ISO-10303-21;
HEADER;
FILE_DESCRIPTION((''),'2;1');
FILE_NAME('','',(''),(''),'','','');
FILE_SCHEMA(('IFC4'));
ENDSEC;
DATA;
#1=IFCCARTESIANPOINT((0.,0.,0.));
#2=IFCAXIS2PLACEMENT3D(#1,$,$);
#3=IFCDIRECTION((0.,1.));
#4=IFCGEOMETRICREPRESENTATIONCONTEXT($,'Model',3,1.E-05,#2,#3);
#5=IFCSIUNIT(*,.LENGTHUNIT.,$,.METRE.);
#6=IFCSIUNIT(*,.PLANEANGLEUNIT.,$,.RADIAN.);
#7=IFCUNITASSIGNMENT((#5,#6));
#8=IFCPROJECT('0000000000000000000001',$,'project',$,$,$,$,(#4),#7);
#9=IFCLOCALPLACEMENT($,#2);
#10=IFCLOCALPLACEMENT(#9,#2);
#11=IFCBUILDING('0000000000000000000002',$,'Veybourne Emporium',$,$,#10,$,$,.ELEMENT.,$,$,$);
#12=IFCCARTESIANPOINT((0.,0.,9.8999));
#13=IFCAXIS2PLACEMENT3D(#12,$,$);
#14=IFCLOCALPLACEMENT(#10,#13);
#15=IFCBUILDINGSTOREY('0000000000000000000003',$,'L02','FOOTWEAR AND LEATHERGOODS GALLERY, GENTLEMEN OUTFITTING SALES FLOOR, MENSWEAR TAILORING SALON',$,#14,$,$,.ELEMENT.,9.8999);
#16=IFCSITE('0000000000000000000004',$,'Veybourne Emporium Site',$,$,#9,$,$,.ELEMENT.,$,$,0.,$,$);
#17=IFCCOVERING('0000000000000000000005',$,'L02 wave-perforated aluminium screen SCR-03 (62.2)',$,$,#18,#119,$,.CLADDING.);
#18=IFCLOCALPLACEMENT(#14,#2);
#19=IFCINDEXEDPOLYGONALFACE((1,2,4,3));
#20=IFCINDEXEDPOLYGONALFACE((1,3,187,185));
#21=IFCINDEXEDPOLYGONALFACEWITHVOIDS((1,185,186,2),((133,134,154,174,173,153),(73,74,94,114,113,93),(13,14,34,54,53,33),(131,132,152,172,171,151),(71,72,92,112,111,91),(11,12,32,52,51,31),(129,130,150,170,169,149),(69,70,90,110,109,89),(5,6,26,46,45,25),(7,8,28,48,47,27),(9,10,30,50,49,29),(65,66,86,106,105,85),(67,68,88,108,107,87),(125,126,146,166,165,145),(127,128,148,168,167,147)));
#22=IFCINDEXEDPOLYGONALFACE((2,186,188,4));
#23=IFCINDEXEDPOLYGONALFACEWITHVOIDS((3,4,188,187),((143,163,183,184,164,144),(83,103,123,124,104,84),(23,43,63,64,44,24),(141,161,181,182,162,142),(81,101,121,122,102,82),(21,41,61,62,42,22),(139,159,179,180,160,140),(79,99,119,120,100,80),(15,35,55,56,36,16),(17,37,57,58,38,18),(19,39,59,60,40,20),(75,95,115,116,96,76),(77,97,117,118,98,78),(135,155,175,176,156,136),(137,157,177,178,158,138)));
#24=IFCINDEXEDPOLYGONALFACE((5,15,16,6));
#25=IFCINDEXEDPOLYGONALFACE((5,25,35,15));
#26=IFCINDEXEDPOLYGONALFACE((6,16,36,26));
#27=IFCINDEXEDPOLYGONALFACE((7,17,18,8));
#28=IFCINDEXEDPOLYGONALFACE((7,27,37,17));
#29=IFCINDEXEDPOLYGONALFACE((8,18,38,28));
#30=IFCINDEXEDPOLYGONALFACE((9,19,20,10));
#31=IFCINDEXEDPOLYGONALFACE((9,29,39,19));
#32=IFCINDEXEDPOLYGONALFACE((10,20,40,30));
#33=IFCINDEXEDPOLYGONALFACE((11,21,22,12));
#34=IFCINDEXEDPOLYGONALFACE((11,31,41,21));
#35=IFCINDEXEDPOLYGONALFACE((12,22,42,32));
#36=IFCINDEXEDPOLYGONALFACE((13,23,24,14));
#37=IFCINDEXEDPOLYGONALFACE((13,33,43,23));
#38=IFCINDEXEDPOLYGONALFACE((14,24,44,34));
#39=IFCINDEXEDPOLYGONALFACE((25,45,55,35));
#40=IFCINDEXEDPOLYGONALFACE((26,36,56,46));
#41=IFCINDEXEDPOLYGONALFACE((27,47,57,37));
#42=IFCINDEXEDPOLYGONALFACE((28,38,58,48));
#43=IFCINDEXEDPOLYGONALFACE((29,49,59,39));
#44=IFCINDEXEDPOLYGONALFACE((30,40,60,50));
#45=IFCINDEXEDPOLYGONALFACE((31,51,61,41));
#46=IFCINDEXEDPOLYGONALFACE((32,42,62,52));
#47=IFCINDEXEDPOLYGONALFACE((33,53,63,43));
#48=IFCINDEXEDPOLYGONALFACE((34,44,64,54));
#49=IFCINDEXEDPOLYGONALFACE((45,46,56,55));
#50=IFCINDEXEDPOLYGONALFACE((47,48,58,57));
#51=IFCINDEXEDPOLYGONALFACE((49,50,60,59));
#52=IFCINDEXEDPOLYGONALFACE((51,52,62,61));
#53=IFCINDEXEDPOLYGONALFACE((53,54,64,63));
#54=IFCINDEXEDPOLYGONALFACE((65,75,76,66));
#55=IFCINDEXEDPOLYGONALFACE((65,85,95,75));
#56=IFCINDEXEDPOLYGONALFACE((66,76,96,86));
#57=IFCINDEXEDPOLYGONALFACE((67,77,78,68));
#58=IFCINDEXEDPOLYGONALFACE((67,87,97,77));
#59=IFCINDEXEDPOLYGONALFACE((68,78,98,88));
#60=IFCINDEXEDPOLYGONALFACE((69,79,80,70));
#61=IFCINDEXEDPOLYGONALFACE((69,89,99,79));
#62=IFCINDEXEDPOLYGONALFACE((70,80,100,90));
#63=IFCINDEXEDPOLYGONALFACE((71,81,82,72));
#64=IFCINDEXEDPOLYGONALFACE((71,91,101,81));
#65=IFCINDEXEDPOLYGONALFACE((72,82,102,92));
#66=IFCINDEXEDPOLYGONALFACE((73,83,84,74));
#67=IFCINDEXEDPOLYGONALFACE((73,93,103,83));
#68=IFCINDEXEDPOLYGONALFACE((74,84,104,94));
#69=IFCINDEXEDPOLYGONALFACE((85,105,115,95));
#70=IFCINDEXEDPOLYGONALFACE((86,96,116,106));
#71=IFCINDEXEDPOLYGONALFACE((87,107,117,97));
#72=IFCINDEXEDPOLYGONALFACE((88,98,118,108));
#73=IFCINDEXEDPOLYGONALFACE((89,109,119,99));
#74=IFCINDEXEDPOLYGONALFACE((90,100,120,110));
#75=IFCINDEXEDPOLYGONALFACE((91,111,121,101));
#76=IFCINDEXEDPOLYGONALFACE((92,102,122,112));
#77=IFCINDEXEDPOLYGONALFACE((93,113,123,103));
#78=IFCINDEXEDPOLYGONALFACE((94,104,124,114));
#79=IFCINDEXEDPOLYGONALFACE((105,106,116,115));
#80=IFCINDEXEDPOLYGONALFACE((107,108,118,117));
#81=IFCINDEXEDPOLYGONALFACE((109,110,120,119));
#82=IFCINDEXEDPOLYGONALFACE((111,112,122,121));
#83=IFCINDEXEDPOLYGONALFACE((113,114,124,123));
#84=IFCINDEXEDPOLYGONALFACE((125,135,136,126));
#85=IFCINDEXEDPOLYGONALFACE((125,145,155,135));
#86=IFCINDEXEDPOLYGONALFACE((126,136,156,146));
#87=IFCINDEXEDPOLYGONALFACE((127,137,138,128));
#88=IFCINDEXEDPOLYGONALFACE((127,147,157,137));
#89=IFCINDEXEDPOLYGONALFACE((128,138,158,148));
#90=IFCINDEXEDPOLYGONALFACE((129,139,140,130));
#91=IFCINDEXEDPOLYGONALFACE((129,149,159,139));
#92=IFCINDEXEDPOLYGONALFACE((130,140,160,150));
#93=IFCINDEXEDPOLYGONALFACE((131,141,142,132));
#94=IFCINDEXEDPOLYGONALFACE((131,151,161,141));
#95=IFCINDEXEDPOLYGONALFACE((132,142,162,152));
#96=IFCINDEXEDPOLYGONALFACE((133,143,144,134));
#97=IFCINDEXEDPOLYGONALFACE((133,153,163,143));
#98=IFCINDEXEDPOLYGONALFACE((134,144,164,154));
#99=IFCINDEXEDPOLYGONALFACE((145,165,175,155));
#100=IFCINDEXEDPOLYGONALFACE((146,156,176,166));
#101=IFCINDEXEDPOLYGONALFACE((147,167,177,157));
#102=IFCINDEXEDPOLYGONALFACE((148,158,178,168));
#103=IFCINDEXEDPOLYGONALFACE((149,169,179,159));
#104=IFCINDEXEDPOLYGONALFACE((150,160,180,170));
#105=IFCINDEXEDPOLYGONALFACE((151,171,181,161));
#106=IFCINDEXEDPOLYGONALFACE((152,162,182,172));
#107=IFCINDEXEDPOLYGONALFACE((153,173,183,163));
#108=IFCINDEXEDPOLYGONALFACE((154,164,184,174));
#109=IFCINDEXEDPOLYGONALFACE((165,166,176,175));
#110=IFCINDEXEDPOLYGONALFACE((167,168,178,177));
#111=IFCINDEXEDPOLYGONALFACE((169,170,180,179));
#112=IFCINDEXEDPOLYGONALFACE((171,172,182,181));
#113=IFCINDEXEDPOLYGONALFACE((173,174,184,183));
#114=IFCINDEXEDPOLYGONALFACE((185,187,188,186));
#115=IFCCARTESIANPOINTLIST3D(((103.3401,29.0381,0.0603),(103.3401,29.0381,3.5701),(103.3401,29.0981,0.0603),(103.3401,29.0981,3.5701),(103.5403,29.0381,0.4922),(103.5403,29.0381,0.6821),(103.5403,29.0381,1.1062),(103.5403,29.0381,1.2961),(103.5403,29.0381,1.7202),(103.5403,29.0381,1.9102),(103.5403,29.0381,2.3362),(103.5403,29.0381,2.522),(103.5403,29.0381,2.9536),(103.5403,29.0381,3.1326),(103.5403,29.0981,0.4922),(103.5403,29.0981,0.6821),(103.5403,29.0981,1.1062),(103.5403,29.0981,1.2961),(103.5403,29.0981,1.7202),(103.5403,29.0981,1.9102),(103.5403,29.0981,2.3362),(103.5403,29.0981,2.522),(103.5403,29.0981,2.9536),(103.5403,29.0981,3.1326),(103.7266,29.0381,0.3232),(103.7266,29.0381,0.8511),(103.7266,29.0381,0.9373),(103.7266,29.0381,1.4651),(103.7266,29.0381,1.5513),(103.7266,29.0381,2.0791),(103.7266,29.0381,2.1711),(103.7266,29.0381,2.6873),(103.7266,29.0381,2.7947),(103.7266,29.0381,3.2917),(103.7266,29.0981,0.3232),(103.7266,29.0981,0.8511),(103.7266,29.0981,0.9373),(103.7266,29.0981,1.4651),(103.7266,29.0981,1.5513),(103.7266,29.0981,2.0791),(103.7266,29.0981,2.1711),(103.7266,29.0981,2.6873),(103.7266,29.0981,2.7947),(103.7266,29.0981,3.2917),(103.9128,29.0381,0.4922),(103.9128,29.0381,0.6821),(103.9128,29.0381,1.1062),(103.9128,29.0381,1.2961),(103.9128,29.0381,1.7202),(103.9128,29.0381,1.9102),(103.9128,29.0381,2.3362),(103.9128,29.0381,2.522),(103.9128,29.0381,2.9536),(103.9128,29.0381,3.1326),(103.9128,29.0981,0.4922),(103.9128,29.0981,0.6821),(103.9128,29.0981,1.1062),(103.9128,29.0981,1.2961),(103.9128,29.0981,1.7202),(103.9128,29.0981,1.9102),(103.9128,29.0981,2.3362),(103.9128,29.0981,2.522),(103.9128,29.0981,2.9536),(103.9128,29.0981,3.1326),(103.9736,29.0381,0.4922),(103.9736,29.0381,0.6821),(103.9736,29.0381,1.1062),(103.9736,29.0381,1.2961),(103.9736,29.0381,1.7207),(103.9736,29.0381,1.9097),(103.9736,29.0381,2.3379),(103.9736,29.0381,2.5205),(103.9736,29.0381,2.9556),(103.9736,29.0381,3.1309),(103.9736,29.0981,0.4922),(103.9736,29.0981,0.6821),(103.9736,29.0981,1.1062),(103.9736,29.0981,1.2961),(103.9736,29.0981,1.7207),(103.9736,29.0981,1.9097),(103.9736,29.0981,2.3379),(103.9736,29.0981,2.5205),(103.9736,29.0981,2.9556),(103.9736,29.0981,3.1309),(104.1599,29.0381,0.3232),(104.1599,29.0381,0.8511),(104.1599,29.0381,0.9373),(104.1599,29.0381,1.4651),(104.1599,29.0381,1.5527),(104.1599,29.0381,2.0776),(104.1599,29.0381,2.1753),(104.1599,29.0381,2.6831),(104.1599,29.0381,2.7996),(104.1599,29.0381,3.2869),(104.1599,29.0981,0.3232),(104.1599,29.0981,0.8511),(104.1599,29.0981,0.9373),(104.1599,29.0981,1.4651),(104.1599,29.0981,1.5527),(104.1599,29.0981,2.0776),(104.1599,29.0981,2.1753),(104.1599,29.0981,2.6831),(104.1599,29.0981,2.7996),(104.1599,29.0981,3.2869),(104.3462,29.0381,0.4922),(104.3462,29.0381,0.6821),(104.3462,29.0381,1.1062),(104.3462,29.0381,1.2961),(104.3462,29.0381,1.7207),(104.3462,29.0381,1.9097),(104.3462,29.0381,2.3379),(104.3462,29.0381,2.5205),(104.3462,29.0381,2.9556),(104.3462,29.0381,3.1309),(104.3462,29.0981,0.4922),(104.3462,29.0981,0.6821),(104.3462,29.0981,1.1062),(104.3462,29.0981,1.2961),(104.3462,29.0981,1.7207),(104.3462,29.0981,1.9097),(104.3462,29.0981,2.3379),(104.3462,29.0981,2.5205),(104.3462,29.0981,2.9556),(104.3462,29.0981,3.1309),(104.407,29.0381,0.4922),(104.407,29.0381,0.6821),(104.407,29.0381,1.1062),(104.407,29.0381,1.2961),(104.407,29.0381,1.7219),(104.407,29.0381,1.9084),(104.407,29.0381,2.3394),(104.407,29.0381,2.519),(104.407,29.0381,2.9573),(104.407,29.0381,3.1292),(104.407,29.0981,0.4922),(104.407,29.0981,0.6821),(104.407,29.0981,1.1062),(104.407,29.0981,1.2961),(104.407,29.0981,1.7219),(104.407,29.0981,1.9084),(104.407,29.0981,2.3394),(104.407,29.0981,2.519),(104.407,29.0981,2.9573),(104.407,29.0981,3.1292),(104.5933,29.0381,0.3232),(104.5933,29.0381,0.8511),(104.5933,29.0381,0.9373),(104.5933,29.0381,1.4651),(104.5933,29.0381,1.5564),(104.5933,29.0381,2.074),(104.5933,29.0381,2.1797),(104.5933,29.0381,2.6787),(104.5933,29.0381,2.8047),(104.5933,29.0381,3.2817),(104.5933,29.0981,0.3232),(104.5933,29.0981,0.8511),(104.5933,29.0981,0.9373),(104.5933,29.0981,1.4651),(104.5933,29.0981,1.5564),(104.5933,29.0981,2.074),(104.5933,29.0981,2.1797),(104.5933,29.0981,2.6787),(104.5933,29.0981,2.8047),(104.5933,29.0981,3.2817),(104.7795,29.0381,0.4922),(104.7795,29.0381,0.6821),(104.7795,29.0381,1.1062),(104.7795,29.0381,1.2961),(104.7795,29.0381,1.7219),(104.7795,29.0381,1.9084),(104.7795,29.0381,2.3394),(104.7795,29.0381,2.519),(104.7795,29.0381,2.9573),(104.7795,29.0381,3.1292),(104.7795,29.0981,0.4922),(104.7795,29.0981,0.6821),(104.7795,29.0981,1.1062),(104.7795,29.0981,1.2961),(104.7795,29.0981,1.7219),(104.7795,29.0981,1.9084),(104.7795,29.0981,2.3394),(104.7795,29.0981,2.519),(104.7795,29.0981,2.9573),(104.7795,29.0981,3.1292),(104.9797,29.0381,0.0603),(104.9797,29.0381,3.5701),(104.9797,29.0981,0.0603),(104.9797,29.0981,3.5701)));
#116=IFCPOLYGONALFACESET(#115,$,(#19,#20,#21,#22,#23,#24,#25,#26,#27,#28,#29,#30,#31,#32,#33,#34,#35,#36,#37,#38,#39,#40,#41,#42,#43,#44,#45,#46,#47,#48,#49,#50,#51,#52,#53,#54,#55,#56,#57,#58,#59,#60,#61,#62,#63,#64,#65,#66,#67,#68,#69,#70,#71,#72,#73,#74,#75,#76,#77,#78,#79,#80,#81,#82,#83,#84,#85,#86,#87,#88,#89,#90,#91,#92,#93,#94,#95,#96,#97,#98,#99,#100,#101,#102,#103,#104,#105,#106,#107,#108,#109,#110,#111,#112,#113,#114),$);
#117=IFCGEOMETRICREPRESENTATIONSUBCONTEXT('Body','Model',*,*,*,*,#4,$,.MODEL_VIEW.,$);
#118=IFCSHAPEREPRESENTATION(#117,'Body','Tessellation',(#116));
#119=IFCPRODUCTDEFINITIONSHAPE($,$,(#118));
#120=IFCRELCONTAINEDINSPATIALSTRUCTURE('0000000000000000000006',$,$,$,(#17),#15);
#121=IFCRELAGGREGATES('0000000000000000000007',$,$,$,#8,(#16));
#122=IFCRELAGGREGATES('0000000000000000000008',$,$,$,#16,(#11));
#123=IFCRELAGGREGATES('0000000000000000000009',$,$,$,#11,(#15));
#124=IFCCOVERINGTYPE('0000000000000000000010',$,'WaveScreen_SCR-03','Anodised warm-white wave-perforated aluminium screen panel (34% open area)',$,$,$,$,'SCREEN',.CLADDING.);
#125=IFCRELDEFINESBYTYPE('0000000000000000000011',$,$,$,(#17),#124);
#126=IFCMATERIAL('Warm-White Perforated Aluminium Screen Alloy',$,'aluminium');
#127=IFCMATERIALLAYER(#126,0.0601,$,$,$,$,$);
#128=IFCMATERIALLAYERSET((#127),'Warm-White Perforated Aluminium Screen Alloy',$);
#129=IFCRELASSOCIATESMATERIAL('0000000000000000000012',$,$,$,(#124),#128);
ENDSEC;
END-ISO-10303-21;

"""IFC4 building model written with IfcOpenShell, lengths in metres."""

from ifc_helpers import new_model, si_unit, direction, frame, origin, place, context, subcontext, project, spatial, polyline, outline, extrude, material, layer, layer_set, type_object, element, save


model = new_model("IFC4")

# Units and contexts
model_context = context("Model", 3, precision=1e-05, world=origin(), true_north=direction((0.0, 1.0)))
body_context = subcontext(model_context, "Body", "Model", "MODEL_VIEW")
ifc_project = project(units=[si_unit("LENGTHUNIT", "METRE"), si_unit("PLANEANGLEUNIT", "RADIAN")], contexts=[model_context])

# Site, building, storey
site_placement = place(None, origin())
site = spatial("IfcSite", under=ifc_project, at=site_placement, Name="Veybourne Emporium Site", CompositionType="ELEMENT", RefElevation=0.0)
building_placement = place(site_placement, origin())
building = spatial("IfcBuilding", under=site, at=building_placement, Name="Veybourne Emporium", CompositionType="ELEMENT")
storey_placement = place(building_placement, frame((0.0, 0.0, 9.8999)))
storey = spatial("IfcBuildingStorey", under=building, at=storey_placement, Name="L02", Description="FOOTWEAR AND LEATHERGOODS GALLERY, GENTLEMEN OUTFITTING SALES FLOOR, MENSWEAR TAILORING SALON", CompositionType="ELEMENT", Elevation=9.8999)

# Covering
ifc_material_1 = material(Name="Warm-White Perforated Aluminium Screen Alloy", Category="aluminium")
ifc_layer_1 = layer(ifc_material_1, 0.0601)
ifc_layer_set_1 = layer_set([ifc_layer_1], Name="Warm-White Perforated Aluminium Screen Alloy")
covering_type_1 = type_object("IfcCoveringType", Name="WaveScreen_SCR-03", Description="Anodised warm-white wave-perforated aluminium screen panel (34% open area)", ElementType="SCREEN", PredefinedType="CLADDING", material=ifc_layer_set_1)
covering_1_placement = place(storey_placement, frame((104.1599, 29.0981, 1.8152), z_axis=(0.0, -1.0, 0.0), x_axis=(1.0, 0.0, 0.0)))
element("IfcCovering", 1, at=covering_1_placement, inside=storey, type_object=covering_type_1, Name="L02 wave-perforated aluminium screen SCR-03 (62.2)", PredefinedType="CLADDING", context=body_context, shape_type="SweptSolid", body=[
    extrude(outline(polyline([(-0.8198, -1.7549), (0.8198, -1.7549), (0.8198, 1.7549), (-0.8198, 1.7549), (-0.8198, -1.7549)]), holes=[polyline([(-0.4333, -0.9641), (-0.2471, -1.1331), (-0.2471, -1.323), (-0.4333, -1.4919), (-0.6196, -1.323), (-0.6196, -1.1331), (-0.4333, -0.9641)]), polyline([(-0.4333, -0.3501), (-0.2471, -0.519), (-0.2471, -0.709), (-0.4333, -0.8779), (-0.6196, -0.709), (-0.6196, -0.519), (-0.4333, -0.3501)]), polyline([(-0.4333, 0.2639), (-0.2471, 0.095), (-0.2471, -0.095), (-0.4333, -0.2639), (-0.6196, -0.095), (-0.6196, 0.095), (-0.4333, 0.2639)]), polyline([(-0.4333, 0.8721), (-0.2471, 0.7068), (-0.2471, 0.521), (-0.4333, 0.356), (-0.6196, 0.521), (-0.6196, 0.7068), (-0.4333, 0.8721)]), polyline([(-0.4333, 1.4766), (-0.2471, 1.3174), (-0.2471, 1.1384), (-0.4333, 0.9795), (-0.6196, 1.1384), (-0.6196, 1.3174), (-0.4333, 1.4766)]), polyline([(0.0, -0.9641), (0.1863, -1.1331), (0.1863, -1.323), (0.0, -1.4919), (-0.1863, -1.323), (-0.1863, -1.1331), (0.0, -0.9641)]), polyline([(0.0, -0.3501), (0.1863, -0.519), (0.1863, -0.709), (0.0, -0.8779), (-0.1863, -0.709), (-0.1863, -0.519), (0.0, -0.3501)]), polyline([(0.0, 0.2625), (0.1863, 0.0945), (0.1863, -0.0945), (0.0, -0.2625), (-0.1863, -0.0945), (-0.1863, 0.0945), (0.0, 0.2625)]), polyline([(0.0, 0.8679), (0.1863, 0.7053), (0.1863, 0.5227), (0.0, 0.3601), (-0.1863, 0.5227), (-0.1863, 0.7053), (0.0, 0.8679)]), polyline([(0.0, 1.4717), (0.1863, 1.3157), (0.1863, 1.1404), (0.0, 0.9844), (-0.1863, 1.1404), (-0.1863, 1.3157), (0.0, 1.4717)]), polyline([(0.4333, -0.9641), (0.6196, -1.1331), (0.6196, -1.323), (0.4333, -1.4919), (0.2471, -1.323), (0.2471, -1.1331), (0.4333, -0.9641)]), polyline([(0.4333, -0.3501), (0.6196, -0.519), (0.6196, -0.709), (0.4333, -0.8779), (0.2471, -0.709), (0.2471, -0.519), (0.4333, -0.3501)]), polyline([(0.4333, 0.2588), (0.6196, 0.0933), (0.6196, -0.0933), (0.4333, -0.2588), (0.2471, -0.0933), (0.2471, 0.0933), (0.4333, 0.2588)]), polyline([(0.4333, 0.8635), (0.6196, 0.7039), (0.6196, 0.5242), (0.4333, 0.3645), (0.2471, 0.5242), (0.2471, 0.7039), (0.4333, 0.8635)]), polyline([(0.4333, 1.4666), (0.6196, 1.314), (0.6196, 1.1421), (0.4333, 0.9895), (0.2471, 1.1421), (0.2471, 1.314), (0.4333, 1.4666)])]), origin(), (0.0, 0.0, 1.0), 0.0601),
])

save(model, "model.ifc")
